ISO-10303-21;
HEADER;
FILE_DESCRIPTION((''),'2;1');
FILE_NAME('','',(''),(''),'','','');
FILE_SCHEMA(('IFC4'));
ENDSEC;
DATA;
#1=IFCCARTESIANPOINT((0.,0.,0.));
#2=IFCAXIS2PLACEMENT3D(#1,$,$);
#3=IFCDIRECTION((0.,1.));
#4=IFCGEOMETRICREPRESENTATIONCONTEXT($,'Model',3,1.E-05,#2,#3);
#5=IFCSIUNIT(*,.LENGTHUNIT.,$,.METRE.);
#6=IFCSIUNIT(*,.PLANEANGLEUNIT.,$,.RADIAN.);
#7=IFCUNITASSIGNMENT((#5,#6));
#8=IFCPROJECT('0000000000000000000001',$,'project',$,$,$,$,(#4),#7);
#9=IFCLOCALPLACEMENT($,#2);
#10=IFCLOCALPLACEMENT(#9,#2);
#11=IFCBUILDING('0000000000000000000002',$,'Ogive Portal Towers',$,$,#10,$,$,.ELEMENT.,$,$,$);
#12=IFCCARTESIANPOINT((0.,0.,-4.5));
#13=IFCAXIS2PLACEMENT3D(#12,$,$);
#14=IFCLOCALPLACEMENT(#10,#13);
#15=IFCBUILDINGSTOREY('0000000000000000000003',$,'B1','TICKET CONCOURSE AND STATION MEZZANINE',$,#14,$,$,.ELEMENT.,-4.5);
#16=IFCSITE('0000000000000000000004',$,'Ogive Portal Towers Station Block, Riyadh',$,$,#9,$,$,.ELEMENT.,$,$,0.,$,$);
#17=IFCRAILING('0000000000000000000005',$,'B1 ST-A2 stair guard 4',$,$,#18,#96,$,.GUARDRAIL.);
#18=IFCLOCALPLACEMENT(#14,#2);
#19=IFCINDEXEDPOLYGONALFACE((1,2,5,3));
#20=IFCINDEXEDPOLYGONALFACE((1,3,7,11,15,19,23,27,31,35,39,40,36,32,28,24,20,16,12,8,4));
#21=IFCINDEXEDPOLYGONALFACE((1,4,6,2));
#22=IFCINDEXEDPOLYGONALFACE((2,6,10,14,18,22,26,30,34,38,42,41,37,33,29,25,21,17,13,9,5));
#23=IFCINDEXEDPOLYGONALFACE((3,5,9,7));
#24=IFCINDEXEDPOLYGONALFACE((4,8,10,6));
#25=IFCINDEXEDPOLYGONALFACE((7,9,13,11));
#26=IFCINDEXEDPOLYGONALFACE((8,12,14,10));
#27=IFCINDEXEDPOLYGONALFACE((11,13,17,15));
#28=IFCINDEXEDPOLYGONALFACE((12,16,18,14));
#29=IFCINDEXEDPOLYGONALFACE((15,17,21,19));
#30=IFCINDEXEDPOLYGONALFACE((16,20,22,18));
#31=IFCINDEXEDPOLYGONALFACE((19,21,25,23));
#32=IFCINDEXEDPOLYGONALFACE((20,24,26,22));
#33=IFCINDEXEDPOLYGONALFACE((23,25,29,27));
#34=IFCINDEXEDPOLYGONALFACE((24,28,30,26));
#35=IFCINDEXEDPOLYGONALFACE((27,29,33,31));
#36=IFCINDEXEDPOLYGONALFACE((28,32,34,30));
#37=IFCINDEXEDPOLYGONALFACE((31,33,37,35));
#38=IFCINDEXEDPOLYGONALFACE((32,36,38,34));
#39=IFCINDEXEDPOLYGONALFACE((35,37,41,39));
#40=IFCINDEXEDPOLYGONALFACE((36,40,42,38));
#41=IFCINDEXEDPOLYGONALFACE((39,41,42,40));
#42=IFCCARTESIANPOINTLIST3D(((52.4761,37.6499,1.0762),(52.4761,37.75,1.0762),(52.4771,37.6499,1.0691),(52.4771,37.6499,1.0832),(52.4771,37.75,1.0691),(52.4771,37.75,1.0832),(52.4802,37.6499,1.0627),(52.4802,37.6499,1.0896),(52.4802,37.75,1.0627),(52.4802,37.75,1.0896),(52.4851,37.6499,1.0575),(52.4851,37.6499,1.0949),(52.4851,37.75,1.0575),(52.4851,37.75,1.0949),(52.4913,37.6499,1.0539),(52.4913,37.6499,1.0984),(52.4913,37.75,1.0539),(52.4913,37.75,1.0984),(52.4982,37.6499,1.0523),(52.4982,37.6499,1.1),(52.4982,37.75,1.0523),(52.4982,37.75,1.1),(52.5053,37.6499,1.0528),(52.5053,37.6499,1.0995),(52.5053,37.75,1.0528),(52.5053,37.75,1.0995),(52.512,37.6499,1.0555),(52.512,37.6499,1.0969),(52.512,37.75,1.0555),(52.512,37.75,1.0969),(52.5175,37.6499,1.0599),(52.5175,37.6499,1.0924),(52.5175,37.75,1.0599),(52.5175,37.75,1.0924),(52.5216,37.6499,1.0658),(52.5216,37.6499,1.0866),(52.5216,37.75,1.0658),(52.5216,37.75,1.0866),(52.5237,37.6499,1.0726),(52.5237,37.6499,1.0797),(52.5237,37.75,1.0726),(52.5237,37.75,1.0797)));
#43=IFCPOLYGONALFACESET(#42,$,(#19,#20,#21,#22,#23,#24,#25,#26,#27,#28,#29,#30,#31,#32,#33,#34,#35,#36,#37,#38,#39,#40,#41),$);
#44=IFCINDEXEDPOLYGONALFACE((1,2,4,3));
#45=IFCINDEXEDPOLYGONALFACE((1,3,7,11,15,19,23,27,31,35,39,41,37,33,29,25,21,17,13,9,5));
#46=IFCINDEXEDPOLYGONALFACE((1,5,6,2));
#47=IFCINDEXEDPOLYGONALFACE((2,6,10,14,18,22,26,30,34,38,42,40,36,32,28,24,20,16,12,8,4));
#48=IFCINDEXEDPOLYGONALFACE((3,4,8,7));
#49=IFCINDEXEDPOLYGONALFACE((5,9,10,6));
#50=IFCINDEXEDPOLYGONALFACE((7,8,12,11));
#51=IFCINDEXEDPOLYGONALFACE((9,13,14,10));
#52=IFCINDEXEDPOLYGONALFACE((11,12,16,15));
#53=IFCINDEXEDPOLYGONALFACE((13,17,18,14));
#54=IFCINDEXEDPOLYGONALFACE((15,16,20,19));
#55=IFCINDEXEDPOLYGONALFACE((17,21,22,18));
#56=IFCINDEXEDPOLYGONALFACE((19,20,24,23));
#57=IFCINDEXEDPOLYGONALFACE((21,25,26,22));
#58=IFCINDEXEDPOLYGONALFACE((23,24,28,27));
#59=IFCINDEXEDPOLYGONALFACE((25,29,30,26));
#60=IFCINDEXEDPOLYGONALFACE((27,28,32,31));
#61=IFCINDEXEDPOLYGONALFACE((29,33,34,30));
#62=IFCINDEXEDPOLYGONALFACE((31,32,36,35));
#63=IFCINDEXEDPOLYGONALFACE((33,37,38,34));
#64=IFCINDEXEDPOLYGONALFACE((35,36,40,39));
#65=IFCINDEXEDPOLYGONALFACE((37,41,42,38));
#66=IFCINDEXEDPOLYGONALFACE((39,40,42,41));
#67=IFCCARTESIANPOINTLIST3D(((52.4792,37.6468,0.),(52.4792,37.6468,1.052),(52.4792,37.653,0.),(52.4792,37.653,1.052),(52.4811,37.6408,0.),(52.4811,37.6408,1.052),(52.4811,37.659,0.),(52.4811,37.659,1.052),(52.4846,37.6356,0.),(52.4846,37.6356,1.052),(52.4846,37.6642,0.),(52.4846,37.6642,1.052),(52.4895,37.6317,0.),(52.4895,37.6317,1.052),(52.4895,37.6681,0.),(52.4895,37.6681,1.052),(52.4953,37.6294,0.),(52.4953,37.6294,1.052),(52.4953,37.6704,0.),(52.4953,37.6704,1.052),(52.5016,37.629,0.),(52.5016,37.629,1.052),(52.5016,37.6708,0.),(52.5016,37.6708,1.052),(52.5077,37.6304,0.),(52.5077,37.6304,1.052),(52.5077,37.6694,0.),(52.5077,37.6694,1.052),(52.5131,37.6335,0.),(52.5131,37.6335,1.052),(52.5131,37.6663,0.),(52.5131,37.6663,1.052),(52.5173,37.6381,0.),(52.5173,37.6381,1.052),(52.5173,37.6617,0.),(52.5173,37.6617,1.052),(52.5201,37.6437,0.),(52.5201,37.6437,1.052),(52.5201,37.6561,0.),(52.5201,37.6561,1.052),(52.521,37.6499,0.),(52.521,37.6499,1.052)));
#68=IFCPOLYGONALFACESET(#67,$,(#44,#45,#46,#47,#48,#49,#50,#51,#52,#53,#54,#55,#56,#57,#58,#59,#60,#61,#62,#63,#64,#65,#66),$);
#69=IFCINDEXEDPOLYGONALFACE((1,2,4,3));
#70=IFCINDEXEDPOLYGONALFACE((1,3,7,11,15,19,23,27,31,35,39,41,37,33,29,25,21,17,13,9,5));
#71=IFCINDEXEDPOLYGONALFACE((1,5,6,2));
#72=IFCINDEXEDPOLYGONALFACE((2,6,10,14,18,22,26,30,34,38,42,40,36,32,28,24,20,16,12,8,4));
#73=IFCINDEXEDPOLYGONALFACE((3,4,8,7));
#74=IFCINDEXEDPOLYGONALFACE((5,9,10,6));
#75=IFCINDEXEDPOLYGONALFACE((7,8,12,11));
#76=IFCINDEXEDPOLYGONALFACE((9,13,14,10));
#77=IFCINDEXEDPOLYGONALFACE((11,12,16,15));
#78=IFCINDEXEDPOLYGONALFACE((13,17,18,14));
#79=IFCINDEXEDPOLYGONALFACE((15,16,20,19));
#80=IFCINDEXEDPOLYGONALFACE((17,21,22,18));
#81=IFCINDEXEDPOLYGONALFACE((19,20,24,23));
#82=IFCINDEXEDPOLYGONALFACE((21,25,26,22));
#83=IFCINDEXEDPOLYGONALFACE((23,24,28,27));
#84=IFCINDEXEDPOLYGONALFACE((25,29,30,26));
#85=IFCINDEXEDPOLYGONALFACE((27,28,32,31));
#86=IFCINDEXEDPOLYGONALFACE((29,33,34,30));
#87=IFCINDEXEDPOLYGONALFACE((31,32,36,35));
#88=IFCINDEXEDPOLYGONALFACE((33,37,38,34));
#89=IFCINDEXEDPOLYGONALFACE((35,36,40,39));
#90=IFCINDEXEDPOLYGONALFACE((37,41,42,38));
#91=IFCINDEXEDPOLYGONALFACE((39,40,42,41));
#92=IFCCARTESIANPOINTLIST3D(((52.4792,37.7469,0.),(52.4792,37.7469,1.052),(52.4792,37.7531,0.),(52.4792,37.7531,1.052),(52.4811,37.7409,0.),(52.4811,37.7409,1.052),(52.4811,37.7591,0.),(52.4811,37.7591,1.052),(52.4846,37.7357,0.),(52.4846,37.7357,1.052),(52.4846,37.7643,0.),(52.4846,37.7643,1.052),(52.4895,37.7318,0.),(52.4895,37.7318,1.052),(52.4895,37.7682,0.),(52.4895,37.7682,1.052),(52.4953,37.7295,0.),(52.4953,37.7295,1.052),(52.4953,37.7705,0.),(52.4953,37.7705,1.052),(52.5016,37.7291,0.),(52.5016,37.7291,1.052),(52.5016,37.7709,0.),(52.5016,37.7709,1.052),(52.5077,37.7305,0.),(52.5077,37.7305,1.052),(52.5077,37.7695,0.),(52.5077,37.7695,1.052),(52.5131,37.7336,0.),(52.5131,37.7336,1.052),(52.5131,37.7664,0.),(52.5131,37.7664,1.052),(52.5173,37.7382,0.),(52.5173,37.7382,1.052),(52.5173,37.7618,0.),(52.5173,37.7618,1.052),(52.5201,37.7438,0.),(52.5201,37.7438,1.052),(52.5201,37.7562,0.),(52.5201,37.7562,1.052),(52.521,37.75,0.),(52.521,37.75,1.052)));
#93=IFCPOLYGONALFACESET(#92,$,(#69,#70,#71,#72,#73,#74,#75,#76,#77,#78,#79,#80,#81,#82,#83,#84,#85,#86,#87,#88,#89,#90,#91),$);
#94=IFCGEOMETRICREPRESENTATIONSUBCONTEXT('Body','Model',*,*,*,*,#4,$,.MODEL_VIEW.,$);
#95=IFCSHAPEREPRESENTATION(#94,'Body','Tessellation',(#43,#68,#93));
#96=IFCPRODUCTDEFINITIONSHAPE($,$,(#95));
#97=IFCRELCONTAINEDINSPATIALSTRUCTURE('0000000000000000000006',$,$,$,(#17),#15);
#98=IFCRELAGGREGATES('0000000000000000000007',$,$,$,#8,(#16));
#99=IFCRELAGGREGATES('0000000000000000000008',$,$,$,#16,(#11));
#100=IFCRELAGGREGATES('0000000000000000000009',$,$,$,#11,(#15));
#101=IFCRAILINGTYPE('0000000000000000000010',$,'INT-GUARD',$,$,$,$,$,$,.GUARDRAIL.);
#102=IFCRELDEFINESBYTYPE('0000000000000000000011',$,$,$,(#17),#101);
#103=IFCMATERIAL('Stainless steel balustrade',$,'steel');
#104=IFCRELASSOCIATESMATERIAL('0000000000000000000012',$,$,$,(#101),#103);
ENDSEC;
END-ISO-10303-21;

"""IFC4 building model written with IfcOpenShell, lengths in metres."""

from ifc_helpers import new_model, si_unit, direction, frame, origin, origin_2d, place, context, subcontext, project, spatial, circle, extrude, material, type_object, element, save


model = new_model("IFC4")

# Units and contexts
model_context = context("Model", 3, precision=1e-05, world=origin(), true_north=direction((0.0, 1.0)))
body_context = subcontext(model_context, "Body", "Model", "MODEL_VIEW")
ifc_project = project(units=[si_unit("LENGTHUNIT", "METRE"), si_unit("PLANEANGLEUNIT", "RADIAN")], contexts=[model_context])

# Site, building, storey
site_placement = place(None, origin())
site = spatial("IfcSite", under=ifc_project, at=site_placement, Name="Ogive Portal Towers Station Block, Riyadh", CompositionType="ELEMENT", RefElevation=0.0)
building_placement = place(site_placement, origin())
building = spatial("IfcBuilding", under=site, at=building_placement, Name="Ogive Portal Towers", CompositionType="ELEMENT")
storey_placement = place(building_placement, frame((0.0, 0.0, -4.5)))
storey = spatial("IfcBuildingStorey", under=building, at=storey_placement, Name="B1", Description="TICKET CONCOURSE AND STATION MEZZANINE", CompositionType="ELEMENT", Elevation=-4.5)

# Railing
ifc_material_1 = material(Name="Stainless steel balustrade", Category="steel")
railing_type_1 = type_object("IfcRailingType", Name="INT-GUARD", PredefinedType="GUARDRAIL", material=ifc_material_1)
railing_1_placement = place(storey_placement, frame((52.5, 37.6499, 0.0)))
element("IfcRailing", 1, at=railing_1_placement, inside=storey, type_object=railing_type_1, Name="B1 ST-A2 stair guard 4", PredefinedType="GUARDRAIL", context=body_context, shape_type="SweptSolid", body=[
    extrude(circle(Radius=0.0239, at=origin_2d()), frame((0.0, 0.0, 1.0762), z_axis=(0.0, 1.0, 0.0), x_axis=(-1.0, 0.0, 0.0)), (0.0, 0.0, 1.0), 0.1001),
    extrude(circle(Radius=0.021, at=origin_2d()), origin(), (0.0, 0.0, 1.0), 1.052),
    extrude(circle(Radius=0.021, at=origin_2d()), frame((0.0, 0.1001, 0.0)), (0.0, 0.0, 1.0), 1.052),
])

save(model, "model.ifc")
